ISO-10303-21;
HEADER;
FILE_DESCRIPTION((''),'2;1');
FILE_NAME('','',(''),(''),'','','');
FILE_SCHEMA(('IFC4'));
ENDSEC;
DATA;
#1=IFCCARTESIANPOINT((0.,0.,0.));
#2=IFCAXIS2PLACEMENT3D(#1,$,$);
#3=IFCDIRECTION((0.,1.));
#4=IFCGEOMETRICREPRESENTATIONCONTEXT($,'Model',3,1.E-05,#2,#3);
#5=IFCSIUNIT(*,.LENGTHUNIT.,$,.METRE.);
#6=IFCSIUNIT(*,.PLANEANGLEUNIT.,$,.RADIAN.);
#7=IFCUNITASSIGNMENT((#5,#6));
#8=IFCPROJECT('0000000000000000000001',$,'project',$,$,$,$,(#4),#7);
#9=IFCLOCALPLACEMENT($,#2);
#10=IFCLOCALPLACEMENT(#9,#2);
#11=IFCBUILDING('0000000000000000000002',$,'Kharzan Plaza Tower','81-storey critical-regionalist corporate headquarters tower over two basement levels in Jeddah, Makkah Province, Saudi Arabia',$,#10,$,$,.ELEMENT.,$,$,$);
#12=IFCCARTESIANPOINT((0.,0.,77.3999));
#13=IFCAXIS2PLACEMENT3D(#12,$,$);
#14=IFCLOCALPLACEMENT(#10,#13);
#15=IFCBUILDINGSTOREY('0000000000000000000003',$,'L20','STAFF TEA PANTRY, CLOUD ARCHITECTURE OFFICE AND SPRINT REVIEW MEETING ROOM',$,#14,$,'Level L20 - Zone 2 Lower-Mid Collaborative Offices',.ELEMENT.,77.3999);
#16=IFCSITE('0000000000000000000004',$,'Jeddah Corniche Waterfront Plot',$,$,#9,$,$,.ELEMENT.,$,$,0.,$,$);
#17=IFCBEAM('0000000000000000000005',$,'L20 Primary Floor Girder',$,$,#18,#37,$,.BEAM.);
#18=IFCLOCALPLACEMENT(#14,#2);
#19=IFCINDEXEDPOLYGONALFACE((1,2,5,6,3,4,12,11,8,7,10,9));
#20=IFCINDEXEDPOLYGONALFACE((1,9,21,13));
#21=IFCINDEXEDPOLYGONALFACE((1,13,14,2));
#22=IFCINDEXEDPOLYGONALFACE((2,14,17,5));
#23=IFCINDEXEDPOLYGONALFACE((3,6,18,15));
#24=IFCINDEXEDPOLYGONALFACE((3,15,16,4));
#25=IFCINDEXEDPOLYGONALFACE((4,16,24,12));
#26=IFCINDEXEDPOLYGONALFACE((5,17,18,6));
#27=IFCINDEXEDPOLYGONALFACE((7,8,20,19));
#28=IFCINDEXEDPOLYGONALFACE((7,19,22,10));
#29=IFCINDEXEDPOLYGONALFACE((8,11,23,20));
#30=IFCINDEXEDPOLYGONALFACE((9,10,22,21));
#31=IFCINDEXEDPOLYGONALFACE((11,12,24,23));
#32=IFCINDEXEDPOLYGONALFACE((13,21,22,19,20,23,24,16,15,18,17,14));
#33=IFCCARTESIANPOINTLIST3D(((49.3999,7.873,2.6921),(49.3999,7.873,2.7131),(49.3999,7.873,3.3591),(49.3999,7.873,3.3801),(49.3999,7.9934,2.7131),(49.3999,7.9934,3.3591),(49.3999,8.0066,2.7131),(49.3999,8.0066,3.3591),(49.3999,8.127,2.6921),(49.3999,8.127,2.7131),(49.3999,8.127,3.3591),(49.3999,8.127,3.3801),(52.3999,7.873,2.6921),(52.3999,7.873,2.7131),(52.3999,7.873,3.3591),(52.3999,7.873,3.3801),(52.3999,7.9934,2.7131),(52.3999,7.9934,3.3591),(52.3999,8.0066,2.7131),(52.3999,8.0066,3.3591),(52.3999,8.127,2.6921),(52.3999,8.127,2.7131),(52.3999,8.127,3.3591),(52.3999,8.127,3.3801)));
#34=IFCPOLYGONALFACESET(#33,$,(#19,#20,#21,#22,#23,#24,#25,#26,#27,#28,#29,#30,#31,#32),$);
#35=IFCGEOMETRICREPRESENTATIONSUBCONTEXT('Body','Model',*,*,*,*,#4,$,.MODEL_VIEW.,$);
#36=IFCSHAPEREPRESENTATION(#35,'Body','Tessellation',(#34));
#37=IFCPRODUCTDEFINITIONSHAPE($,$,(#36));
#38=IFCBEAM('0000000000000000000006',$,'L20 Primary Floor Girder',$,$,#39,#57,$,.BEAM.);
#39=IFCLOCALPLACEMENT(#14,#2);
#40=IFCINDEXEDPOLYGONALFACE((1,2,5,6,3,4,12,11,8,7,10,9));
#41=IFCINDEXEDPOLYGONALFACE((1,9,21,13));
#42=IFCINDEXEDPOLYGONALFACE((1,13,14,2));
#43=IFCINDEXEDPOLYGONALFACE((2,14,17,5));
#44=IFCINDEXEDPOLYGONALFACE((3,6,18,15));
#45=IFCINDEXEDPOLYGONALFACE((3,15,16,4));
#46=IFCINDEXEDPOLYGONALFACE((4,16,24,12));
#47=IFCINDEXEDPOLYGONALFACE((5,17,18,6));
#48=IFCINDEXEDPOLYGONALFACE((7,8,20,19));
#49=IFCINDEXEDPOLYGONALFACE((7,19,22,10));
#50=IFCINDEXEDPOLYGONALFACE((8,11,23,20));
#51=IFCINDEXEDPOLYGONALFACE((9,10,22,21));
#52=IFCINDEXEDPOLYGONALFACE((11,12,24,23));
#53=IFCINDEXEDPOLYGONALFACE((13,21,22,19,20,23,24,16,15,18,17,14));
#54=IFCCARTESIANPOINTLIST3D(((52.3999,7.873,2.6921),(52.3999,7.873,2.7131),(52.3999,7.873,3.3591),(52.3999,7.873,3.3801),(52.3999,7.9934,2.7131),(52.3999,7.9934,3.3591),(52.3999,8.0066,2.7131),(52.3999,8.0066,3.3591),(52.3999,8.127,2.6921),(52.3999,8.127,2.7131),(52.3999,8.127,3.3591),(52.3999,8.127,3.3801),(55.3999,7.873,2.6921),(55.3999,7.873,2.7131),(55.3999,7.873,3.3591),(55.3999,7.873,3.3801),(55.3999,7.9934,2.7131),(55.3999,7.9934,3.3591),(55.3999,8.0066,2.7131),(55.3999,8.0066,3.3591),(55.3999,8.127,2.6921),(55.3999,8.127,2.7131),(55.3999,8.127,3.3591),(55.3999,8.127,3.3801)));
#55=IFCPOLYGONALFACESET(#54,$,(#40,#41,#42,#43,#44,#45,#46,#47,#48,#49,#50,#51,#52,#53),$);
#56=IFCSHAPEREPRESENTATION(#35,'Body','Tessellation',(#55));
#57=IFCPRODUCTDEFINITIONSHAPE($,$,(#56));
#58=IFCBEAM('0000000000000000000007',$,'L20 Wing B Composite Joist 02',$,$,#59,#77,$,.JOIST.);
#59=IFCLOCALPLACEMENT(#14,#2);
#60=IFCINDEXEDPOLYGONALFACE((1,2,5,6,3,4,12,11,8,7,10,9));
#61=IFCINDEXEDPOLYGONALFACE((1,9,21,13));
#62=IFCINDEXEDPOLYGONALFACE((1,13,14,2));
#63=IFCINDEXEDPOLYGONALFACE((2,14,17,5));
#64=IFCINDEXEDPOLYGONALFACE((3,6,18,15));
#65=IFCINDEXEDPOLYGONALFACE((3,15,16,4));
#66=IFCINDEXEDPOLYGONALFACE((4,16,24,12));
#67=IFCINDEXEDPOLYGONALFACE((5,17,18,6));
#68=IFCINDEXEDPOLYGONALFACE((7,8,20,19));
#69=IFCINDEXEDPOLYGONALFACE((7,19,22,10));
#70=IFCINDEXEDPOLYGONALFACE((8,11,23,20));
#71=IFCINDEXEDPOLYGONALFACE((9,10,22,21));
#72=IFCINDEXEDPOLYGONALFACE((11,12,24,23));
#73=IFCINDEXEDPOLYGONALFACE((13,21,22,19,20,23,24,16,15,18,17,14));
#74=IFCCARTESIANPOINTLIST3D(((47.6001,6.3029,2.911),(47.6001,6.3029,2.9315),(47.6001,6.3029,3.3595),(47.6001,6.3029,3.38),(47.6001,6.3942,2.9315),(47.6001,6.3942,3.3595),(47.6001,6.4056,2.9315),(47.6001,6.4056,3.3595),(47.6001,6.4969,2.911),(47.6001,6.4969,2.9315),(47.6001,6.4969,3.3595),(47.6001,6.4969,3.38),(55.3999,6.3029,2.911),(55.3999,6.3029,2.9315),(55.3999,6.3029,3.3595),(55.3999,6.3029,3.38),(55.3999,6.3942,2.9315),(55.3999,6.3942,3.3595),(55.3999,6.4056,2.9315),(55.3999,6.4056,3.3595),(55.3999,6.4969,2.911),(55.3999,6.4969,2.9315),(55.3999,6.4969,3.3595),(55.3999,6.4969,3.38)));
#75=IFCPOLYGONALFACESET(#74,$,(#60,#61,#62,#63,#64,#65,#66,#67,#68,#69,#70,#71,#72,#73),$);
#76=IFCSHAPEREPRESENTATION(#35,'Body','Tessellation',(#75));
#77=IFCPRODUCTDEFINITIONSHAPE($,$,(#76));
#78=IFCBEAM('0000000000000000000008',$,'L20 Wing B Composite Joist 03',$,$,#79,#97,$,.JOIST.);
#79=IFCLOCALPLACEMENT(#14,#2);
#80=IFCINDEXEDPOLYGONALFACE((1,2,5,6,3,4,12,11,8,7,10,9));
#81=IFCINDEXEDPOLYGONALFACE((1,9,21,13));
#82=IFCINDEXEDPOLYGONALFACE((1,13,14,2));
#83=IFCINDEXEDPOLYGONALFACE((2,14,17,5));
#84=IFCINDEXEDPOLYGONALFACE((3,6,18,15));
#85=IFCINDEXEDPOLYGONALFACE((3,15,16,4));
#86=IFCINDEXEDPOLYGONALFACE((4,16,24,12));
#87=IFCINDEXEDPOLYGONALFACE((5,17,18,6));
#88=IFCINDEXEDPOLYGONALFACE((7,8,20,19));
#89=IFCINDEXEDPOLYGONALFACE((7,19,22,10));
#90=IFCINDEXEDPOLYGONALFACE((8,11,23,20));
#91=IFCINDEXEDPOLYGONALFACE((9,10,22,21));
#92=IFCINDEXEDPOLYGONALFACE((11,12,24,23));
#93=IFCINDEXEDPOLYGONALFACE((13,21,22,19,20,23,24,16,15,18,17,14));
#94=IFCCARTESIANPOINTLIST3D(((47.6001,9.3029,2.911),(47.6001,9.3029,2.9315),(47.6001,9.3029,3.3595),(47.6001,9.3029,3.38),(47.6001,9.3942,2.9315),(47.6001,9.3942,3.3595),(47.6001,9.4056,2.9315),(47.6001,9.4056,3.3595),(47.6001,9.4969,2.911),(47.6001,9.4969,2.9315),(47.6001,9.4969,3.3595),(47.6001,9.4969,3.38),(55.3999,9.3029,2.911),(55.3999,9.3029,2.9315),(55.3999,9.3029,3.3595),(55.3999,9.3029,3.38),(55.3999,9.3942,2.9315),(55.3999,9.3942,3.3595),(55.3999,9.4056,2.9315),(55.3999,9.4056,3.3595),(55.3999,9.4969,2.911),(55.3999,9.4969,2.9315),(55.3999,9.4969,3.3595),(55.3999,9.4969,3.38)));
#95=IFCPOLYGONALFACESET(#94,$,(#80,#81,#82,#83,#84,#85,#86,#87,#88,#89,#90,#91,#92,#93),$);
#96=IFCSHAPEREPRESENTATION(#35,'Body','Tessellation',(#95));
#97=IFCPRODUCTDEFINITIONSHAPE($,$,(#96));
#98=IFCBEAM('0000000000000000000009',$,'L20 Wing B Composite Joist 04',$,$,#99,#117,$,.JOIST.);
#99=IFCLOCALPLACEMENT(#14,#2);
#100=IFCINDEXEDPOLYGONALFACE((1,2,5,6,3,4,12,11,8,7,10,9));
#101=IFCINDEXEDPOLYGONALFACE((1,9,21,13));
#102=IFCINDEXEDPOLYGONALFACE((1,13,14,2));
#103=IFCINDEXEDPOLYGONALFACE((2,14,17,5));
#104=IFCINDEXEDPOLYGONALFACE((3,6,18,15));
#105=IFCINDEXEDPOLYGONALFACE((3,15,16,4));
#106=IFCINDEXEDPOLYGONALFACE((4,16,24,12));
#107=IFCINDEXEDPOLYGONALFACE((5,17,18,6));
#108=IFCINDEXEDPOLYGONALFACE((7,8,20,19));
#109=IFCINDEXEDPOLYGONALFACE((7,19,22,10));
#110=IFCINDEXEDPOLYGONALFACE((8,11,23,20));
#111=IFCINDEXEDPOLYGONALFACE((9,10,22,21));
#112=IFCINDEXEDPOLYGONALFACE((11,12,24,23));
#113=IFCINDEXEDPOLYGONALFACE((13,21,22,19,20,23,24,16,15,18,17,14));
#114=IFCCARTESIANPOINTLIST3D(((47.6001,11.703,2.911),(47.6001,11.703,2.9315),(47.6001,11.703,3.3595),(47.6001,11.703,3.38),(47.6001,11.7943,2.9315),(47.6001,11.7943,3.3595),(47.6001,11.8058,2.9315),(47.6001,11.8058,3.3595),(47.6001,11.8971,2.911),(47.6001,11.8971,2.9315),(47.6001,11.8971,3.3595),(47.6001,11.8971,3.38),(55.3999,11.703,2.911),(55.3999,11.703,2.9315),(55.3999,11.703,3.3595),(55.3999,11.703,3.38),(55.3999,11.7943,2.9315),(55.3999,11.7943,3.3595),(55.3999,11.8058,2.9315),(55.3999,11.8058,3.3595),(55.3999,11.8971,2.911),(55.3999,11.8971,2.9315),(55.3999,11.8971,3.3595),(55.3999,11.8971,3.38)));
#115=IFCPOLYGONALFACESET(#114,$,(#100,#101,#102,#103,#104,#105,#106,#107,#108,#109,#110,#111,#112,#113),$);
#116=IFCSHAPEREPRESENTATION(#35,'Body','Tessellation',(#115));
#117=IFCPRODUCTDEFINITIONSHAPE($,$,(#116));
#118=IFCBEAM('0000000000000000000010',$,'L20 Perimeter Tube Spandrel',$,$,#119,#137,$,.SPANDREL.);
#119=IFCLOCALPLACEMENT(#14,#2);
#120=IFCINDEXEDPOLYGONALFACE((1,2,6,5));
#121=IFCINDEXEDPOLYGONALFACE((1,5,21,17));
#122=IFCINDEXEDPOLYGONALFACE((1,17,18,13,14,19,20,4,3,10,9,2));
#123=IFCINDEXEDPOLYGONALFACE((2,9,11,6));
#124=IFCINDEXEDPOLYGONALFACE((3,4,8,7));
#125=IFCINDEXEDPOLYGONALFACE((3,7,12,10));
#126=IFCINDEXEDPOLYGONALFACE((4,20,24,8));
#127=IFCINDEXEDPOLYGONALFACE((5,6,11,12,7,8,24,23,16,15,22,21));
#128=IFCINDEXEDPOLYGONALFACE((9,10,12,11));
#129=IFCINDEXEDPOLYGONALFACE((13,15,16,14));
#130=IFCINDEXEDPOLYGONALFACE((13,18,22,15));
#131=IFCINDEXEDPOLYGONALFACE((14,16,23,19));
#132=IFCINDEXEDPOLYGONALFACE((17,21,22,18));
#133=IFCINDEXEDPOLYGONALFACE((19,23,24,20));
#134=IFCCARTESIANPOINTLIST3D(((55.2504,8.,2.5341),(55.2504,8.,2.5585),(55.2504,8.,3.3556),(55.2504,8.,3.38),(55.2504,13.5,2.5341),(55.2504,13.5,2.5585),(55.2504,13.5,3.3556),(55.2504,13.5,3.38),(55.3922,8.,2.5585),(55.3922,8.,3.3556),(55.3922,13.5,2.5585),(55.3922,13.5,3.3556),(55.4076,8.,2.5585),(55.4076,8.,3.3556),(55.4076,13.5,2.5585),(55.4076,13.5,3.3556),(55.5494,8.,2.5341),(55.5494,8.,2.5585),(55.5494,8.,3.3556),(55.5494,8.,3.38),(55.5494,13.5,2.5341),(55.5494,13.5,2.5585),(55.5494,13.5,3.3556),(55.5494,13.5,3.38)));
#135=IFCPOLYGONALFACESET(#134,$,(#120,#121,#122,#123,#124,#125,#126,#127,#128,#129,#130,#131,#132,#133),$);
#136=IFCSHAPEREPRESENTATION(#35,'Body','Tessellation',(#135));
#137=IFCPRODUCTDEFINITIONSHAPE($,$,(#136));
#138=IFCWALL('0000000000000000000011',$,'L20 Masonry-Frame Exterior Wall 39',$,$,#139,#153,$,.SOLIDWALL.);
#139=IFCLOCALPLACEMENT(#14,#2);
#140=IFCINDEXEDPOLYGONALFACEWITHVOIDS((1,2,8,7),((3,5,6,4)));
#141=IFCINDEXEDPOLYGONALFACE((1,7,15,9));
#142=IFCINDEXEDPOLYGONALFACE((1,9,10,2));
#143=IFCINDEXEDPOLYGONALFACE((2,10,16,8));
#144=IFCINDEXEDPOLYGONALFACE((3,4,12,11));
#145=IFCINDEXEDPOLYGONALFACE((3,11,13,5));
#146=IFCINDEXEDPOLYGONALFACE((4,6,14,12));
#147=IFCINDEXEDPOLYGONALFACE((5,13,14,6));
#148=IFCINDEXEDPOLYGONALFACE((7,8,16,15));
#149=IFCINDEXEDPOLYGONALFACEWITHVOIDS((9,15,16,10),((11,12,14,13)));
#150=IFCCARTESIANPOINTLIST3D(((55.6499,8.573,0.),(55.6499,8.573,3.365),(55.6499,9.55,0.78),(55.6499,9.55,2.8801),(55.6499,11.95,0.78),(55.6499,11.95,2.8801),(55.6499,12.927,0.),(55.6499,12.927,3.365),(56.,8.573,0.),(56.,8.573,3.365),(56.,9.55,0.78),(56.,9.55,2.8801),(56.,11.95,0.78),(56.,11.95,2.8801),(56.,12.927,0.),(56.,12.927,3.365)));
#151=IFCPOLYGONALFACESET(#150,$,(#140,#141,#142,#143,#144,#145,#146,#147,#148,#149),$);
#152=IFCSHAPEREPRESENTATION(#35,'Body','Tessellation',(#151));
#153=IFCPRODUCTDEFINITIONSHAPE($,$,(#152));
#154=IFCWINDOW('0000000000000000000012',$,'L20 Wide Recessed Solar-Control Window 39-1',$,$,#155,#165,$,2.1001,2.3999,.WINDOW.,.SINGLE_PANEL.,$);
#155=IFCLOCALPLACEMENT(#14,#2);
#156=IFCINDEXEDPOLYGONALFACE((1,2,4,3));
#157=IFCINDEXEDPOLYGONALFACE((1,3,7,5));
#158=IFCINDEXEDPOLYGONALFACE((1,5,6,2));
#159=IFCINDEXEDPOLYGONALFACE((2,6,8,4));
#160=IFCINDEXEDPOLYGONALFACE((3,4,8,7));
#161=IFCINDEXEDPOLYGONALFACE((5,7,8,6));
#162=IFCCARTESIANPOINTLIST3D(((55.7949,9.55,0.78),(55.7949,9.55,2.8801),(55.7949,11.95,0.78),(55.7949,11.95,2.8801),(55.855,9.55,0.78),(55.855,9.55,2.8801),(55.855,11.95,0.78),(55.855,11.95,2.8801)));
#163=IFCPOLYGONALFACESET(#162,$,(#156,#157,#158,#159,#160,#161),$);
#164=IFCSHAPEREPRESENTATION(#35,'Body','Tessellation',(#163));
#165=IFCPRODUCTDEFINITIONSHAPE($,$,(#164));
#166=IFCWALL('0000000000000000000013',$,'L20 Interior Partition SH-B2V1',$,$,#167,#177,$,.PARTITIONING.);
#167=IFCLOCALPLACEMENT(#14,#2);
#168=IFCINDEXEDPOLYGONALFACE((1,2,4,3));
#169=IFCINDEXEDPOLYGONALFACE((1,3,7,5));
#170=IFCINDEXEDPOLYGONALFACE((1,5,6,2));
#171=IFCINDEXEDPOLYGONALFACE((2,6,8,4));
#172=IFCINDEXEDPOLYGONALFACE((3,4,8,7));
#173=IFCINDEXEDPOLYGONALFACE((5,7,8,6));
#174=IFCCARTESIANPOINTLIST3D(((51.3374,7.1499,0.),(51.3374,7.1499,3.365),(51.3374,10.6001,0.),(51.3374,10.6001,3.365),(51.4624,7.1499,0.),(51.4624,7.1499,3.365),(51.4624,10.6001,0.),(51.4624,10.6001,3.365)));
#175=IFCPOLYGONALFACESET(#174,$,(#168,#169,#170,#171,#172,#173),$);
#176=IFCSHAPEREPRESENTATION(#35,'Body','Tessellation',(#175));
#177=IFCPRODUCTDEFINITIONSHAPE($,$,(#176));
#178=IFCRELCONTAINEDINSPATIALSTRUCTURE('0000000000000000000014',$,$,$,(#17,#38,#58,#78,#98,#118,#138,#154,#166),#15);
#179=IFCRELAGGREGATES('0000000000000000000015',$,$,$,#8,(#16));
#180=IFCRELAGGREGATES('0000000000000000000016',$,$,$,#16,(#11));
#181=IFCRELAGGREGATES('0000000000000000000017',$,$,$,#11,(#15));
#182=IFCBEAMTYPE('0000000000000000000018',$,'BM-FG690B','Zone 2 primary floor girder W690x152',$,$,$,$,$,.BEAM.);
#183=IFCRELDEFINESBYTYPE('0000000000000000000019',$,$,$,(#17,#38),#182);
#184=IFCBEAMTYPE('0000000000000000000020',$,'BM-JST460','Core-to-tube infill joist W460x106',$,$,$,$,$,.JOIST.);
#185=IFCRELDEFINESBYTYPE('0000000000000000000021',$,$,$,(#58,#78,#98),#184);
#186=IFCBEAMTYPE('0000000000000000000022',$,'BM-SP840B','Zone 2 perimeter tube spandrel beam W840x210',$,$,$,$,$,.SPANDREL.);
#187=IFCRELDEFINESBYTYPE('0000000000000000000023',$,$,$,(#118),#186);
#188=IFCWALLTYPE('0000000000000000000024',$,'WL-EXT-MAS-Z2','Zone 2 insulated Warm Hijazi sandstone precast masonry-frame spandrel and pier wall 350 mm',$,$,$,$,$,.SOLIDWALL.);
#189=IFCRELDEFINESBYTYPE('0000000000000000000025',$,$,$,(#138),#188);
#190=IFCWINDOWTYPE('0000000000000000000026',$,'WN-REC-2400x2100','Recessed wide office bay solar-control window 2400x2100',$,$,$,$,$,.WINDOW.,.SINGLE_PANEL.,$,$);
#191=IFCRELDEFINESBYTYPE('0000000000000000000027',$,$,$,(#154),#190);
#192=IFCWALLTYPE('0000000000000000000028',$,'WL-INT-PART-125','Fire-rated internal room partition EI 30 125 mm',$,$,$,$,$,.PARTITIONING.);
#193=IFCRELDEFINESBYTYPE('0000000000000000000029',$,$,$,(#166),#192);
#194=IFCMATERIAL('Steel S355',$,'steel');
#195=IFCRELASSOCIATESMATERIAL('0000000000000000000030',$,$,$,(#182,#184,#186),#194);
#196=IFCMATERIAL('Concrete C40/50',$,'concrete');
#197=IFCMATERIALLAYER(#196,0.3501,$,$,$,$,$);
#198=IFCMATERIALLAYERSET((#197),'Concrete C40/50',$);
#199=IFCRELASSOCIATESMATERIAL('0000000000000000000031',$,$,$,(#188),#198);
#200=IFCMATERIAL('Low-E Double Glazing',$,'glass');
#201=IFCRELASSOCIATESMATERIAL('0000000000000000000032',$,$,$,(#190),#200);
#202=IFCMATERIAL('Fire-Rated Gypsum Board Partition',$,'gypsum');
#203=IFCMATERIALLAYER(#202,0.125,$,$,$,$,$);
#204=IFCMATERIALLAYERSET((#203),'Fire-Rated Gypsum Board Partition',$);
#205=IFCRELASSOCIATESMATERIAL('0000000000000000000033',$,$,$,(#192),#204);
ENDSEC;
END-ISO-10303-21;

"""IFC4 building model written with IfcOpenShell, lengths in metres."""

from ifc_helpers import new_model, si_unit, direction, frame, frame_2d, origin, origin_2d, place, context, subcontext, project, spatial, rectangle, i_section, extrude, source, transform, mapped, material, layer, layer_set, material_profile, profile_set, type_object, element, fill, save


model = new_model("IFC4")

# Units and contexts
model_context = context("Model", 3, precision=1e-05, world=origin(), true_north=direction((0.0, 1.0)))
body_context = subcontext(model_context, "Body", "Model", "MODEL_VIEW")
ifc_project = project(units=[si_unit("LENGTHUNIT", "METRE"), si_unit("PLANEANGLEUNIT", "RADIAN")], contexts=[model_context])

# Site, building, storey
site_placement = place(None, origin())
site = spatial("IfcSite", under=ifc_project, at=site_placement, Name="Jeddah Corniche Waterfront Plot", CompositionType="ELEMENT", RefElevation=0.0)
building_placement = place(site_placement, origin())
building = spatial("IfcBuilding", under=site, at=building_placement, Name="Kharzan Plaza Tower", Description="81-storey critical-regionalist corporate headquarters tower over two basement levels in Jeddah, Makkah Province, Saudi Arabia", CompositionType="ELEMENT")
storey_placement = place(building_placement, frame((0.0, 0.0, 77.3999)))
storey = spatial("IfcBuildingStorey", under=building, at=storey_placement, Name="L20", Description="STAFF TEA PANTRY, CLOUD ARCHITECTURE OFFICE AND SPRINT REVIEW MEETING ROOM", LongName="Level L20 - Zone 2 Lower-Mid Collaborative Offices", CompositionType="ELEMENT", Elevation=77.3999)

# Beams
ifc_material_1 = material(Name="Steel S355", Category="steel")
ifc_material_profile_1 = material_profile(ifc_material_1, i_section(OverallWidth=0.2539, OverallDepth=0.688, WebThickness=0.0132, FlangeThickness=0.021, at=origin_2d()), Name="W690x152")
ifc_profile_set_1 = profile_set([ifc_material_profile_1], Name="Steel S355")
beam_type_1 = type_object("IfcBeamType", Name="BM-FG690B", Description="Zone 2 primary floor girder W690x152", PredefinedType="BEAM", material=ifc_profile_set_1)
shared_shape_1 = source(origin(), body_context, "Body", "SweptSolid", [
    extrude(i_section(OverallWidth=0.2539, OverallDepth=0.688, WebThickness=0.0132, FlangeThickness=0.021, at=origin_2d()), origin(), (0.0, 0.0, 1.0), 3.0),
])
for number, where, z_axis, x_axis, name in (
    (1, (49.3999, 8.0, 3.0361), (1.0, 0.0, 0.0), (0.0, 1.0, 0.0), "L20 Primary Floor Girder"),
    (2, (52.3999, 8.0, 3.0361), (1.0, 0.0, 0.0), (0.0, 1.0, 0.0), "L20 Primary Floor Girder"),
):
    element("IfcBeam", number, at=place(storey_placement, frame(where, z_axis=z_axis, x_axis=x_axis)), inside=storey, type_object=beam_type_1, Name=name, PredefinedType="BEAM", context=body_context, shape_type="MappedRepresentation", body=[
        mapped(shared_shape_1, transform((0.0, 0.0, 0.0), x_axis=(1.0, 0.0, 0.0), y_axis=(0.0, 1.0, 0.0), z_axis=(0.0, 0.0, 1.0))),
    ])
ifc_material_profile_2 = material_profile(ifc_material_1, i_section(OverallWidth=0.1941, OverallDepth=0.469, WebThickness=0.0115, FlangeThickness=0.0205, at=origin_2d()), Name="W460x106")
ifc_profile_set_2 = profile_set([ifc_material_profile_2], Name="Steel S355")
beam_type_2 = type_object("IfcBeamType", Name="BM-JST460", Description="Core-to-tube infill joist W460x106", PredefinedType="JOIST", material=ifc_profile_set_2)
shared_shape_2 = source(origin(), body_context, "Body", "SweptSolid", [
    extrude(i_section(OverallWidth=0.1941, OverallDepth=0.469, WebThickness=0.0115, FlangeThickness=0.0205, at=origin_2d()), origin(), (0.0, 0.0, 1.0), 7.7998),
])
for number, where, z_axis, x_axis, name in (
    (3, (47.6001, 6.3999, 3.1455), (1.0, 0.0, 0.0), (0.0, 1.0, 0.0), "L20 Wing B Composite Joist 02"),
    (4, (47.6001, 9.3999, 3.1455), (1.0, 0.0, 0.0), (0.0, 1.0, 0.0), "L20 Wing B Composite Joist 03"),
    (5, (47.6001, 11.8, 3.1455), (1.0, 0.0, 0.0), (0.0, 1.0, 0.0), "L20 Wing B Composite Joist 04"),
):
    element("IfcBeam", number, at=place(storey_placement, frame(where, z_axis=z_axis, x_axis=x_axis)), inside=storey, type_object=beam_type_2, Name=name, PredefinedType="JOIST", context=body_context, shape_type="MappedRepresentation", body=[
        mapped(shared_shape_2, transform((0.0, 0.0, 0.0), x_axis=(1.0, 0.0, 0.0), y_axis=(0.0, 1.0, 0.0), z_axis=(0.0, 0.0, 1.0))),
    ])
ifc_material_profile_3 = material_profile(ifc_material_1, i_section(OverallWidth=0.2991, OverallDepth=0.8459, WebThickness=0.0154, FlangeThickness=0.0244, at=origin_2d()), Name="W840x210")
ifc_profile_set_3 = profile_set([ifc_material_profile_3], Name="Steel S355")
beam_type_3 = type_object("IfcBeamType", Name="BM-SP840B", Description="Zone 2 perimeter tube spandrel beam W840x210", PredefinedType="SPANDREL", material=ifc_profile_set_3)
shared_shape_3 = source(origin(), body_context, "Body", "SweptSolid", [
    extrude(i_section(OverallWidth=0.2991, OverallDepth=0.8459, WebThickness=0.0154, FlangeThickness=0.0244, at=origin_2d()), origin(), (0.0, 0.0, 1.0), 5.5),
])
beam_1_placement = place(storey_placement, frame((55.3999, 8.0, 2.957), z_axis=(0.0, 1.0, 0.0), x_axis=(-1.0, 0.0, 0.0)))
element("IfcBeam", 6, at=beam_1_placement, inside=storey, type_object=beam_type_3, Name="L20 Perimeter Tube Spandrel", PredefinedType="SPANDREL", context=body_context, shape_type="MappedRepresentation", body=[
    mapped(shared_shape_3, transform((0.0, 0.0, 0.0), x_axis=(1.0, 0.0, 0.0), y_axis=(0.0, 1.0, 0.0), z_axis=(0.0, 0.0, 1.0))),
])

# Wall, opening, window
ifc_material_2 = material(Name="Concrete C40/50", Category="concrete")
ifc_layer_1 = layer(ifc_material_2, 0.3501)
ifc_layer_set_1 = layer_set([ifc_layer_1], Name="Concrete C40/50")
wall_type_1 = type_object("IfcWallType", Name="WL-EXT-MAS-Z2", Description="Zone 2 insulated Warm Hijazi sandstone precast masonry-frame spandrel and pier wall 350 mm", PredefinedType="SOLIDWALL", material=ifc_layer_set_1)
wall_1_placement = place(storey_placement, frame((55.825, 8.573, 0.0), z_axis=(0.0, 0.0, 1.0), x_axis=(0.0, 1.0, 0.0)))
wall_1 = element("IfcWall", 7, at=wall_1_placement, inside=storey, type_object=wall_type_1, Name="L20 Masonry-Frame Exterior Wall 39", PredefinedType="SOLIDWALL", context=body_context, shape_type="SweptSolid", body=[
    extrude(rectangle(XDim=4.354, YDim=0.3501, at=frame_2d((2.177, 0.0))), origin(), (0.0, 0.0, 1.0), 3.365),
])
opening_1_placement = place(wall_1_placement, frame((0.9771, 0.0, 0.78)))
opening_1 = element("IfcOpeningElement", 8, at=opening_1_placement, cuts=wall_1, PredefinedType="OPENING", context=body_context, shape_type="SweptSolid", body=[
    extrude(rectangle(XDim=2.3999, YDim=2.1001, at=frame_2d((1.2, 1.05))), frame((0.0, 0.1851, 0.0), z_axis=(0.0, -1.0, 0.0), x_axis=(1.0, 0.0, 0.0)), (0.0, 0.0, 1.0), 0.3701),
])
ifc_material_3 = material(Name="Low-E Double Glazing", Category="glass")
window_type = type_object("IfcWindowType", Name="WN-REC-2400x2100", Description="Recessed wide office bay solar-control window 2400x2100", PartitioningType="SINGLE_PANEL", PredefinedType="WINDOW", material=ifc_material_3)
shared_shape_4 = source(origin(), body_context, "Body", "SweptSolid", [
    extrude(rectangle(XDim=2.3999, YDim=2.1001, at=frame_2d((1.2, 1.05))), frame((0.0, 0.03, 0.0), z_axis=(0.0, -1.0, 0.0), x_axis=(1.0, 0.0, 0.0)), (0.0, 0.0, 1.0), 0.0601),
])
window_placement = place(opening_1_placement, origin())
window = element("IfcWindow", 9, at=window_placement, inside=storey, type_object=window_type, Name="L20 Wide Recessed Solar-Control Window 39-1", OverallHeight=2.1001, OverallWidth=2.3999, PartitioningType="SINGLE_PANEL", PredefinedType="WINDOW", context=body_context, shape_type="MappedRepresentation", body=[
    mapped(shared_shape_4, transform((0.0, 0.0, 0.0), x_axis=(1.0, 0.0, 0.0), y_axis=(0.0, 1.0, 0.0), z_axis=(0.0, 0.0, 1.0))),
])
fill(opening_1, window)

# Shared definitions
ifc_material_4 = material(Name="Fire-Rated Gypsum Board Partition", Category="gypsum")
ifc_layer_2 = layer(ifc_material_4, 0.125)
ifc_layer_set_2 = layer_set([ifc_layer_2], Name="Fire-Rated Gypsum Board Partition")
wall_type_2 = type_object("IfcWallType", Name="WL-INT-PART-125", Description="Fire-rated internal room partition EI 30 125 mm", PredefinedType="PARTITIONING", material=ifc_layer_set_2)

# Wall
shared_shape_5 = source(origin(), body_context, "Body", "SweptSolid", [
    extrude(rectangle(XDim=3.4502, YDim=0.125, at=frame_2d((1.7251, 0.0))), origin(), (0.0, 0.0, 1.0), 3.365),
])
wall_2_placement = place(storey_placement, frame((51.3999, 7.1499, 0.0), z_axis=(0.0, 0.0, 1.0), x_axis=(0.0, 1.0, 0.0)))
element("IfcWall", 10, at=wall_2_placement, inside=storey, type_object=wall_type_2, Name="L20 Interior Partition SH-B2V1", PredefinedType="PARTITIONING", context=body_context, shape_type="MappedRepresentation", body=[
    mapped(shared_shape_5, transform((0.0, 0.0, 0.0), x_axis=(1.0, 0.0, 0.0), y_axis=(0.0, 1.0, 0.0), z_axis=(0.0, 0.0, 1.0))),
])

save(model, "model.ifc")
